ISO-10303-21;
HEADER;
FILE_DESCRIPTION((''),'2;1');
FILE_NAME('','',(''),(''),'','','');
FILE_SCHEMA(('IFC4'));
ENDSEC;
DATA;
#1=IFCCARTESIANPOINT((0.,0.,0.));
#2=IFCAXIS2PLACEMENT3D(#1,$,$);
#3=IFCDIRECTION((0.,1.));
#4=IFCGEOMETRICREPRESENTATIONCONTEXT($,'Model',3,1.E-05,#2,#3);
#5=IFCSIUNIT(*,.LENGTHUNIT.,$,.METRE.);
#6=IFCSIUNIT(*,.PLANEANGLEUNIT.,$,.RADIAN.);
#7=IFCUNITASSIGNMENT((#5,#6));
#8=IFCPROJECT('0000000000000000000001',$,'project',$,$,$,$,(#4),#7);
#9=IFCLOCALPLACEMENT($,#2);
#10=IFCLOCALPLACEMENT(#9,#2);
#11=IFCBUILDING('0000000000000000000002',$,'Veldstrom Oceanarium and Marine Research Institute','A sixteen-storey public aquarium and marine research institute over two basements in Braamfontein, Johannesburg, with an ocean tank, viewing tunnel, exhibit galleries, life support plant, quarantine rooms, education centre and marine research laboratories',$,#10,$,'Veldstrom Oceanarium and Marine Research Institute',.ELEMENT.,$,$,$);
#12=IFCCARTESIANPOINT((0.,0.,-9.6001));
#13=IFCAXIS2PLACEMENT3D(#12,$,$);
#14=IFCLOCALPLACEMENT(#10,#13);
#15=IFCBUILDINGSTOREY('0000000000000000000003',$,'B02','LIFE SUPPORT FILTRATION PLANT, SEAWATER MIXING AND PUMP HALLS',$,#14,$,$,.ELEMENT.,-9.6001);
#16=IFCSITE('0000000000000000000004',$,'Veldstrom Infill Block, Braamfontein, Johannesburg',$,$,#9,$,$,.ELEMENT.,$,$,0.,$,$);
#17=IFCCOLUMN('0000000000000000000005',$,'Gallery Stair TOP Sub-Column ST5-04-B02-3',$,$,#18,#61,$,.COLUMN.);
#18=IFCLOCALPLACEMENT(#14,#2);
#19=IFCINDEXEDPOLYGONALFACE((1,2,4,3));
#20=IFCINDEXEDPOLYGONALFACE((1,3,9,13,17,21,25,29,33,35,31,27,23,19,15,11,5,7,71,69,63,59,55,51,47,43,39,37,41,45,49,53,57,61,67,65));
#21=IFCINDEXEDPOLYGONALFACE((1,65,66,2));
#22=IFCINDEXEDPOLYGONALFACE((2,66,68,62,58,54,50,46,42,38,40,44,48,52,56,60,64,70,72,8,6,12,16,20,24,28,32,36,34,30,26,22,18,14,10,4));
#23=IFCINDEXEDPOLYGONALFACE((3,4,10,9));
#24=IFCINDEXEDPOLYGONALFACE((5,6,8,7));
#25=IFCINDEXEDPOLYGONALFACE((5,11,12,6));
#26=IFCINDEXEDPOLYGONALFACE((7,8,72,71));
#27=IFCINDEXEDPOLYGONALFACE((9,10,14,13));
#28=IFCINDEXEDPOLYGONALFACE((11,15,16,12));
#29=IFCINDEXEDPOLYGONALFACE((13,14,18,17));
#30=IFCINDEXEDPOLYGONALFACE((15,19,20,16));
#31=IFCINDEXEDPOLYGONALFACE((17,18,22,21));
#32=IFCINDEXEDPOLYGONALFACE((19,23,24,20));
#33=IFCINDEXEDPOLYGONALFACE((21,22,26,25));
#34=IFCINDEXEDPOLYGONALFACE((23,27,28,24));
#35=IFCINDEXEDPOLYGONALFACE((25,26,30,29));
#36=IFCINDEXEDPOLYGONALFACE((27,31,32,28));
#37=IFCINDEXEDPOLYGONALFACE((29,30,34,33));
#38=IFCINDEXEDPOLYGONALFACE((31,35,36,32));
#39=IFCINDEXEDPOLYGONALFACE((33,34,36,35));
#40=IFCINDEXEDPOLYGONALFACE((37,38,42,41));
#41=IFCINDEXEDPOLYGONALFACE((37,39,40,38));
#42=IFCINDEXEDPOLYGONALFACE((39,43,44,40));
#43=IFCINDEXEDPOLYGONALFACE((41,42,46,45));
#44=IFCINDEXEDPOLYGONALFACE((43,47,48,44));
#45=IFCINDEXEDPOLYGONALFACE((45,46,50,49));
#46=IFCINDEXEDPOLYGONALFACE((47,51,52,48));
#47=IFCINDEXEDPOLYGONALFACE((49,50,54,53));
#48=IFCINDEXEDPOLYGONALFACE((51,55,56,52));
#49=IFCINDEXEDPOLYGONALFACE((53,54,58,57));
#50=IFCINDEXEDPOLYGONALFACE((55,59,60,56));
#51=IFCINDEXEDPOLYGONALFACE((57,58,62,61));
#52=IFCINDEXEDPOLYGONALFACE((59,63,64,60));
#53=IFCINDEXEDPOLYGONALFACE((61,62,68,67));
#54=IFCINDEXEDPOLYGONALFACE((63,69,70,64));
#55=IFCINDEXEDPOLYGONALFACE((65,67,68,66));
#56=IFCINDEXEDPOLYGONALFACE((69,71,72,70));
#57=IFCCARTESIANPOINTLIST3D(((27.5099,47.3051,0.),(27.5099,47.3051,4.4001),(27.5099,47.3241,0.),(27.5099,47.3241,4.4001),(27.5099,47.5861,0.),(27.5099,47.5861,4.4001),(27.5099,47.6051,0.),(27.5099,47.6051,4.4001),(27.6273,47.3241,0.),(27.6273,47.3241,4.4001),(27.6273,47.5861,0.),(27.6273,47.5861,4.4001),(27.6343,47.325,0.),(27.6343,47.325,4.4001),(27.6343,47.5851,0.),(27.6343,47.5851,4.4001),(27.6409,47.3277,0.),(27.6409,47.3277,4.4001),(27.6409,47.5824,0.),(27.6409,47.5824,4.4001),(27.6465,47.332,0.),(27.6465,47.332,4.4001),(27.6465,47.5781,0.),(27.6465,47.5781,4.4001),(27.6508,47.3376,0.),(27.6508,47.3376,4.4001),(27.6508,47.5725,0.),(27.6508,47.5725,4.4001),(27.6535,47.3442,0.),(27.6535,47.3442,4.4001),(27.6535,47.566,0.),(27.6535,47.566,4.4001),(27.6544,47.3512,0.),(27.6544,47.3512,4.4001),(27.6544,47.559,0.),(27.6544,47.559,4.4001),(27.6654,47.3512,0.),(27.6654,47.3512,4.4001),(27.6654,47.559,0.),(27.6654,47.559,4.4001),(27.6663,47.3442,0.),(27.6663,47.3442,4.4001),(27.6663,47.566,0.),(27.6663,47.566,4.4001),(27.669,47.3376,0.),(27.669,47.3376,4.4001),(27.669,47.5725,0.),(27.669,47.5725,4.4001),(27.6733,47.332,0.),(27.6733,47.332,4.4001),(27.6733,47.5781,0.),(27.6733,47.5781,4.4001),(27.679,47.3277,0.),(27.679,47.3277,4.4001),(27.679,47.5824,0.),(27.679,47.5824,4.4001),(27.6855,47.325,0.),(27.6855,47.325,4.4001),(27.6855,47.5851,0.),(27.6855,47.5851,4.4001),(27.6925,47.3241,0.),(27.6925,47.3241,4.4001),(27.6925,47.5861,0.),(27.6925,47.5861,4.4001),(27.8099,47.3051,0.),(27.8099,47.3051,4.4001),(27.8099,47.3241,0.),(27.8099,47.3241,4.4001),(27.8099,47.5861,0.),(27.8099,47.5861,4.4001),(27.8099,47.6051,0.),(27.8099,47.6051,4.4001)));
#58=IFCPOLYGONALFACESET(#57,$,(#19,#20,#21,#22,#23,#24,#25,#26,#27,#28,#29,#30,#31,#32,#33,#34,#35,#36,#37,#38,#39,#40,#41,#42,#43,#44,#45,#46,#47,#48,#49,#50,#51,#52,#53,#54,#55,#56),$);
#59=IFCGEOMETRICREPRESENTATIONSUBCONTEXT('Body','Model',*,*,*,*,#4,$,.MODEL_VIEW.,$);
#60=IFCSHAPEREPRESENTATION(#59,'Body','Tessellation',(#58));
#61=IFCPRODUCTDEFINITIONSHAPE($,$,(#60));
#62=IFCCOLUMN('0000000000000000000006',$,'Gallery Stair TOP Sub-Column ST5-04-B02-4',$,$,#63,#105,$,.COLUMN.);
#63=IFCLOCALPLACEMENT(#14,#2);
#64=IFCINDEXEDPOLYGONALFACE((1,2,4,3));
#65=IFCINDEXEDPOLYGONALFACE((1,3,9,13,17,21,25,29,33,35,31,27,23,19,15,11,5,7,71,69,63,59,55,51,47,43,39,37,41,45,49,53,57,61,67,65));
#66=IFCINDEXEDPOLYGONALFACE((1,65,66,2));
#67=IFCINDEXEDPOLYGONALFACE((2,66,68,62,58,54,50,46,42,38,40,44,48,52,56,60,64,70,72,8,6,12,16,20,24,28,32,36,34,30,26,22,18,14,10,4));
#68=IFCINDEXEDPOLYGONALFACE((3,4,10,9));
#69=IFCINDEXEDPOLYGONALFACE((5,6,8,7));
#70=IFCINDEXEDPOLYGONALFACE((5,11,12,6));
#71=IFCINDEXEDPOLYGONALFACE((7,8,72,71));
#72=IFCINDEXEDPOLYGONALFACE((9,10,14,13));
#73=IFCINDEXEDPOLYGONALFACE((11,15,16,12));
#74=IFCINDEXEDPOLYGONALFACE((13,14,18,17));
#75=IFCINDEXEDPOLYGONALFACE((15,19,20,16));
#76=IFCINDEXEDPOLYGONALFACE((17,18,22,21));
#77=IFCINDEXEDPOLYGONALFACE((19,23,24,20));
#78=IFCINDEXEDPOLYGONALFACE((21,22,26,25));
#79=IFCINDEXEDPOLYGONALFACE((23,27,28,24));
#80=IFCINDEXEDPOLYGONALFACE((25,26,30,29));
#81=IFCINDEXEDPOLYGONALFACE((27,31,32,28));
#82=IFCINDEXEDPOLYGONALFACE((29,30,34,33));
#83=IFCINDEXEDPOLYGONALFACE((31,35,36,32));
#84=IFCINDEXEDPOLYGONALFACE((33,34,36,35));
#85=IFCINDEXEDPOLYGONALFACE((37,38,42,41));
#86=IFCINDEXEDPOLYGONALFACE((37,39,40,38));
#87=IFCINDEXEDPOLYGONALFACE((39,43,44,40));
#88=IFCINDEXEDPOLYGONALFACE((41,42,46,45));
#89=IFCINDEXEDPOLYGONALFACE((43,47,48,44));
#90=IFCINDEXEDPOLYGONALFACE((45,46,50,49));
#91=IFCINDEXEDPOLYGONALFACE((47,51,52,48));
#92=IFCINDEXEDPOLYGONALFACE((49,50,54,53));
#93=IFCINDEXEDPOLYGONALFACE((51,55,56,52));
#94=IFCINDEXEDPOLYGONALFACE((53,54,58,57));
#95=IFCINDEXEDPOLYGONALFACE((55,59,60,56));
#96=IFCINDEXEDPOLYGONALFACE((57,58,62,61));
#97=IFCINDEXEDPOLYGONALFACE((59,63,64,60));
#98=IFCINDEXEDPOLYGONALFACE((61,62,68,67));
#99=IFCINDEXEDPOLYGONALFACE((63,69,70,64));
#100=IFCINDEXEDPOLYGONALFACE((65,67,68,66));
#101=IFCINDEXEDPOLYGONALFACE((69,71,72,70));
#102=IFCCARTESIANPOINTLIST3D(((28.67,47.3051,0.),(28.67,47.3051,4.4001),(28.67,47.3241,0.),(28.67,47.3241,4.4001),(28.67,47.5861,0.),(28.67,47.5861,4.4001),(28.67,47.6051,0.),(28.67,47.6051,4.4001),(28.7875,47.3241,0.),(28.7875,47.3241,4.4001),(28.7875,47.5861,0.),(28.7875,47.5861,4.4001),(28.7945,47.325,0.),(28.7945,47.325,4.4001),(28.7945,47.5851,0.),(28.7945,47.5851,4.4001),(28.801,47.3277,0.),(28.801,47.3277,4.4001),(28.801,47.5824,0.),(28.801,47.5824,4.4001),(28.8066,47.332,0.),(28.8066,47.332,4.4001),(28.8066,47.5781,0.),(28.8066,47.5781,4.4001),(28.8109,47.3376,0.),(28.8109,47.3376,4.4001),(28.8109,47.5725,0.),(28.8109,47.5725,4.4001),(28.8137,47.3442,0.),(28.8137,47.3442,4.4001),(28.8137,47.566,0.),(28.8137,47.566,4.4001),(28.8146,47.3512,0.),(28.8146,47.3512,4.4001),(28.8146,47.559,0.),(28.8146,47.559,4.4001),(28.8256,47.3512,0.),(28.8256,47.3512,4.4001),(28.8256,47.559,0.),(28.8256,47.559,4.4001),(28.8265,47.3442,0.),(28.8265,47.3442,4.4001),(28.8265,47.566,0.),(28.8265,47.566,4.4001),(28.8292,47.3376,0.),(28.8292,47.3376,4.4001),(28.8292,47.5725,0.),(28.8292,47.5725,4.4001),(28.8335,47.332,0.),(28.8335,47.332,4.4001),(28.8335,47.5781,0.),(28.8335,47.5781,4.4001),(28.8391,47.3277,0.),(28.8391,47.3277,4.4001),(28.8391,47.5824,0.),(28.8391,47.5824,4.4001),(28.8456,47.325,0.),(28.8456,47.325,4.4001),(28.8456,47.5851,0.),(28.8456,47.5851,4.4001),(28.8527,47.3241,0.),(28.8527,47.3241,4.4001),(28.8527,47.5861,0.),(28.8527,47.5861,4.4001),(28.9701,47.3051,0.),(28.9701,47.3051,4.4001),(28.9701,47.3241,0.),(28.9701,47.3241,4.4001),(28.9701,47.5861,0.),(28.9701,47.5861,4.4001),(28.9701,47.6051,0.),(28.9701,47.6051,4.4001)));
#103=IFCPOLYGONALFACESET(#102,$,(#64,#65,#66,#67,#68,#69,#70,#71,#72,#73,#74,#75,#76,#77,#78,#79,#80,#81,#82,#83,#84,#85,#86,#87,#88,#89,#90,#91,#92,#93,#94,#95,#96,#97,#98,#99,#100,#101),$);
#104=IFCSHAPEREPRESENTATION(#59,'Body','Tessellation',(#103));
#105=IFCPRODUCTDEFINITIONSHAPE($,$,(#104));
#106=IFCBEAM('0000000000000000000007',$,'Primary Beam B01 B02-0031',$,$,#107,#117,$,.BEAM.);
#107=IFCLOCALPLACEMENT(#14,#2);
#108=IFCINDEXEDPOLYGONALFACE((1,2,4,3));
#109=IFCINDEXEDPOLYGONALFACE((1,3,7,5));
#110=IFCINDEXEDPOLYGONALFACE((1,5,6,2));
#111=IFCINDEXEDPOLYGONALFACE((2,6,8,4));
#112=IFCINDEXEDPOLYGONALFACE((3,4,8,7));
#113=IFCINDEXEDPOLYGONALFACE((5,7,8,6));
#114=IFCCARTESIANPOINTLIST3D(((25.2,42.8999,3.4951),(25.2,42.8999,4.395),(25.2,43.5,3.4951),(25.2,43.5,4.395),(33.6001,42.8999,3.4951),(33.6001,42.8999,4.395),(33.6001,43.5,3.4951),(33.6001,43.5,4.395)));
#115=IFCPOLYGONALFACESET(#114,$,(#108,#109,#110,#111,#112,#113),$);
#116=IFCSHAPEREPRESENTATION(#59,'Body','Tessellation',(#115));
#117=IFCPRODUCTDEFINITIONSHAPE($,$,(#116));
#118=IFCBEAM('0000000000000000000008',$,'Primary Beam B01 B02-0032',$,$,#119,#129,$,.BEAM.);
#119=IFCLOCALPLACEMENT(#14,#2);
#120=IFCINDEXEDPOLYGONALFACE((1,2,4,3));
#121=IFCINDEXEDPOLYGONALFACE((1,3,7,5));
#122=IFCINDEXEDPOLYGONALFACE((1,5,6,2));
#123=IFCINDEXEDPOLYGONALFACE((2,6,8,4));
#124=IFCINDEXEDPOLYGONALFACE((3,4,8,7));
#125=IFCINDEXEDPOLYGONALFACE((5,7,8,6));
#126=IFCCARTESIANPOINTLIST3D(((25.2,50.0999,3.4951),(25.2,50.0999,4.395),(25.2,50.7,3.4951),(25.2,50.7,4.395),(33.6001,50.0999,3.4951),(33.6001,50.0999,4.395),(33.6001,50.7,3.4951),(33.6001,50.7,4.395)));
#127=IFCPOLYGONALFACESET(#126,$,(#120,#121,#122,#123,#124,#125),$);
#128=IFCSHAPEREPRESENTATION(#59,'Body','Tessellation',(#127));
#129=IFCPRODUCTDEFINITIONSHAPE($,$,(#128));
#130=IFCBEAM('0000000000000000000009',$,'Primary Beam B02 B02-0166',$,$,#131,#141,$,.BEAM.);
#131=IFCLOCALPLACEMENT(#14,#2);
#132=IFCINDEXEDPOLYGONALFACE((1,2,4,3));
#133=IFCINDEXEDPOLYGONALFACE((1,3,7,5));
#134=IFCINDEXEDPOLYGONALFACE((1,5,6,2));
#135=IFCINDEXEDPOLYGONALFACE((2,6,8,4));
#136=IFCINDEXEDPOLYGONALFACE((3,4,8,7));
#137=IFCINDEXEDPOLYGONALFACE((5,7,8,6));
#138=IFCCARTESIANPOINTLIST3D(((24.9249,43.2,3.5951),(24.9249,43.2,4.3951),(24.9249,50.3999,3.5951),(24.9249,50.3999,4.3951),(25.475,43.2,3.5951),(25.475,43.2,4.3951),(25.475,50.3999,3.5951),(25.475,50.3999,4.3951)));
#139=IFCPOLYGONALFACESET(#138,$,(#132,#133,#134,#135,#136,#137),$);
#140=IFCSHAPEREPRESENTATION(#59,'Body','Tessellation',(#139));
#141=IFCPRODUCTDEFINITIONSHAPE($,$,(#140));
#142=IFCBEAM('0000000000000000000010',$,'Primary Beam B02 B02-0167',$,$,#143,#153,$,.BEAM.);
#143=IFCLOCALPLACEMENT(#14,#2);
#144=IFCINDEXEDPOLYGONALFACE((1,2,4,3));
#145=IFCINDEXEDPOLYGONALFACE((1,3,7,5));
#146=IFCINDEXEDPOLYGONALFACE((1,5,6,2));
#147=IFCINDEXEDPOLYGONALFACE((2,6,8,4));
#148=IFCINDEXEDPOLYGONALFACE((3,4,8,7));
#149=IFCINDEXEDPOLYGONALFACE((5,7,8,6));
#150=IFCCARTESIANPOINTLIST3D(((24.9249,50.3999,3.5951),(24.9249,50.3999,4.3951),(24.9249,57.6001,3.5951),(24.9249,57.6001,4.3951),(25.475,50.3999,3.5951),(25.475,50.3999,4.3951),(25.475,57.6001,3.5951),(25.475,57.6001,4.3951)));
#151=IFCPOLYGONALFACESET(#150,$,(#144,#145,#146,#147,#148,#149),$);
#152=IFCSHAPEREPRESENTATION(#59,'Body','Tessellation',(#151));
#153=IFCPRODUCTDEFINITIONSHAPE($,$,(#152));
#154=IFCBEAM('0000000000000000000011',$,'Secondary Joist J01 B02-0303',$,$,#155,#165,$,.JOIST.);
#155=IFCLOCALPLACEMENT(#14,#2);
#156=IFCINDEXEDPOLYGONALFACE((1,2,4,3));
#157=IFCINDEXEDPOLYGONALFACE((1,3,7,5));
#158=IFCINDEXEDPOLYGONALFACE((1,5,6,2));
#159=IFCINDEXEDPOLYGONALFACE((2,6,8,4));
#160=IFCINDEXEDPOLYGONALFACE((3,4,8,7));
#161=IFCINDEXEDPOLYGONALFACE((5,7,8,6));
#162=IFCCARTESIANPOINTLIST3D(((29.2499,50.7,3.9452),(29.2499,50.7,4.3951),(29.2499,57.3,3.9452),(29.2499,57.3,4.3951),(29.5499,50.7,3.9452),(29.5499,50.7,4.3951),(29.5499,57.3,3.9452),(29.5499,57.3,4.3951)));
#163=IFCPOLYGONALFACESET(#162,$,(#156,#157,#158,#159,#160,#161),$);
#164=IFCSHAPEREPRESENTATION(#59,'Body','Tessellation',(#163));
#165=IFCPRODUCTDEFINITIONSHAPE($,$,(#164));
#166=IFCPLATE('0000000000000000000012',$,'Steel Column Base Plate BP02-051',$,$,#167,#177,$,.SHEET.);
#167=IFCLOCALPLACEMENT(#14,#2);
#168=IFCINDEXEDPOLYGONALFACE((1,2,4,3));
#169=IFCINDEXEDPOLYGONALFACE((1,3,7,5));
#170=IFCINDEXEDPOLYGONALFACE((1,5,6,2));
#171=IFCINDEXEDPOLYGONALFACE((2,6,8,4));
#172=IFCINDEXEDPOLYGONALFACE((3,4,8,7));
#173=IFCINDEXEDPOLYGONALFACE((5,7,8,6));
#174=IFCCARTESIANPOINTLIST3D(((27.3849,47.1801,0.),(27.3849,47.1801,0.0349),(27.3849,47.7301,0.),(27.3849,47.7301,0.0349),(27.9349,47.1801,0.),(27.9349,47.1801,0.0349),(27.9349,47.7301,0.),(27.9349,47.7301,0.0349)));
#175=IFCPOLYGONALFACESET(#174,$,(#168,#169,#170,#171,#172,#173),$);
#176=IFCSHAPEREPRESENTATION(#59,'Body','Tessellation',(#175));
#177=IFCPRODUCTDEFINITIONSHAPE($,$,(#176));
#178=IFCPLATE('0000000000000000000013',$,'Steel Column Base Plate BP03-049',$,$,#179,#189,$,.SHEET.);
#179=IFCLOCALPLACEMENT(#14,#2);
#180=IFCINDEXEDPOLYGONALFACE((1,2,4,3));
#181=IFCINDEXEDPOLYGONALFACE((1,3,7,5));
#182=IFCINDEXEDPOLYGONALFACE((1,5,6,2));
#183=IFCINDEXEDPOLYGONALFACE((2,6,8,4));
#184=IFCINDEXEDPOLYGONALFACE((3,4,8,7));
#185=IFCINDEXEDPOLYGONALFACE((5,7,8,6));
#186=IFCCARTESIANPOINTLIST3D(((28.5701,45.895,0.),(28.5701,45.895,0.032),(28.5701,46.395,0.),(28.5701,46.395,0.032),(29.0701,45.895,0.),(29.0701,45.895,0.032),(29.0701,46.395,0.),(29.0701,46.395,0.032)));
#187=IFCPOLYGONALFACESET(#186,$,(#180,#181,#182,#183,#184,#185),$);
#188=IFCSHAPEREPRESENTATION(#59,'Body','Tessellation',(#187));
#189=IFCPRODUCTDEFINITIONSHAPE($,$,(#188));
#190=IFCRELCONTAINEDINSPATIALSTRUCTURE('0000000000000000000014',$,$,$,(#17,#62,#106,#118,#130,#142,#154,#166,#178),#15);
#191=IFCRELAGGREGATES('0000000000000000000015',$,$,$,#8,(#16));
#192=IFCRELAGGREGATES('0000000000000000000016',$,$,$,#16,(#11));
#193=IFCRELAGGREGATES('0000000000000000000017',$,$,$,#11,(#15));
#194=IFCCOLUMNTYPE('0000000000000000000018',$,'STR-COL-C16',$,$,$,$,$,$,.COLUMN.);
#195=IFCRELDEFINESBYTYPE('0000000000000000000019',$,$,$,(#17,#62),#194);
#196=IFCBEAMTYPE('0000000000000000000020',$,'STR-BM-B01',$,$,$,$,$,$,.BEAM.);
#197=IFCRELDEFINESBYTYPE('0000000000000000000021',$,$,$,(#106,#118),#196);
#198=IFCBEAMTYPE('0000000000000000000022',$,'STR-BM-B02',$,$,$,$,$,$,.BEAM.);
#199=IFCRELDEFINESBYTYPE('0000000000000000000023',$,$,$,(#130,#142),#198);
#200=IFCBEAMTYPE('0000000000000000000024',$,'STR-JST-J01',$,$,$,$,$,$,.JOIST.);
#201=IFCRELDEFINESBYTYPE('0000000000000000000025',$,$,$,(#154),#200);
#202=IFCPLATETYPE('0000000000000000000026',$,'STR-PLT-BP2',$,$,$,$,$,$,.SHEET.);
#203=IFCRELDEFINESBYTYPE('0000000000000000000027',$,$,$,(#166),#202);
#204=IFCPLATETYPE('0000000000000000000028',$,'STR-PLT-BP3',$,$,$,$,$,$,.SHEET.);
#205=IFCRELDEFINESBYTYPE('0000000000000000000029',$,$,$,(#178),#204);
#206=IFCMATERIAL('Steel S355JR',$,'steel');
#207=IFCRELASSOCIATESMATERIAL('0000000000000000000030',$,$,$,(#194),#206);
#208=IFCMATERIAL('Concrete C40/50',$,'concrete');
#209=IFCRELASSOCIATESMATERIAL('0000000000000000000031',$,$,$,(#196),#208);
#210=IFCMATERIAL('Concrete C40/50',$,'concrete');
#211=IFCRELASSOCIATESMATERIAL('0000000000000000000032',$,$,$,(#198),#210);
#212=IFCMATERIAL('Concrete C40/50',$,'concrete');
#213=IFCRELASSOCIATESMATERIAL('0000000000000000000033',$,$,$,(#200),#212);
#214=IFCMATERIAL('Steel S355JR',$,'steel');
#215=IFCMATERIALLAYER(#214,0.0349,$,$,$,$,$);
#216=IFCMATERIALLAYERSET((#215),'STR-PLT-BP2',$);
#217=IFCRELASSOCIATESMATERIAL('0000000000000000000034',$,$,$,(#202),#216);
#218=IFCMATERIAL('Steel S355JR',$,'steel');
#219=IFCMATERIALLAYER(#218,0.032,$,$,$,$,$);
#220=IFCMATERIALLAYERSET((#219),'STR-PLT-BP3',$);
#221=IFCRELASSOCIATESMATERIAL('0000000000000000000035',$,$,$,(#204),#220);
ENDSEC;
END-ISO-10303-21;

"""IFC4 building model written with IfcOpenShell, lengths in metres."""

from ifc_helpers import new_model, si_unit, direction, frame, origin, origin_2d, place, context, subcontext, project, spatial, rectangle, i_section, extrude, material, layer, layer_set, material_profile, profile_set, type_object, element, save


model = new_model("IFC4")

# Units and contexts
model_context = context("Model", 3, precision=1e-05, world=origin(), true_north=direction((0.0, 1.0)))
body_context = subcontext(model_context, "Body", "Model", "MODEL_VIEW")
ifc_project = project(units=[si_unit("LENGTHUNIT", "METRE"), si_unit("PLANEANGLEUNIT", "RADIAN")], contexts=[model_context])

# Site, building, storey
site_placement = place(None, origin())
site = spatial("IfcSite", under=ifc_project, at=site_placement, Name="Veldstrom Infill Block, Braamfontein, Johannesburg", CompositionType="ELEMENT", RefElevation=0.0)
building_placement = place(site_placement, origin())
building = spatial("IfcBuilding", under=site, at=building_placement, Name="Veldstrom Oceanarium and Marine Research Institute", Description="A sixteen-storey public aquarium and marine research institute over two basements in Braamfontein, Johannesburg, with an ocean tank, viewing tunnel, exhibit galleries, life support plant, quarantine rooms, education centre and marine research laboratories", LongName="Veldstrom Oceanarium and Marine Research Institute", CompositionType="ELEMENT")
storey_placement = place(building_placement, frame((0.0, 0.0, -9.6001)))
storey = spatial("IfcBuildingStorey", under=building, at=storey_placement, Name="B02", Description="LIFE SUPPORT FILTRATION PLANT, SEAWATER MIXING AND PUMP HALLS", CompositionType="ELEMENT", Elevation=-9.6001)

# Columns
ifc_material_1 = material(Name="Steel S355JR", Category="steel")
ifc_material_profile_1 = material_profile(ifc_material_1, i_section(OverallWidth=0.3, OverallDepth=0.3, WebThickness=0.011, FlangeThickness=0.019, FilletRadius=0.0271, at=origin_2d()), Name="HEB 300")
ifc_profile_set_1 = profile_set([ifc_material_profile_1], Name="Steel S355JR")
column_type_1 = type_object("IfcColumnType", Name="STR-COL-C16", PredefinedType="COLUMN", material=ifc_profile_set_1)
for number, where, z_axis, x_axis, name in (
    (1, (27.6599, 47.4551, 0.0), (0.0, 0.0, 1.0), (1.0, 0.0, 0.0), "Gallery Stair TOP Sub-Column ST5-04-B02-3"),
    (2, (28.8201, 47.4551, 0.0), (0.0, 0.0, 1.0), (1.0, 0.0, 0.0), "Gallery Stair TOP Sub-Column ST5-04-B02-4"),
):
    element("IfcColumn", number, at=place(storey_placement, frame(where, z_axis=z_axis, x_axis=x_axis)), inside=storey, type_object=column_type_1, Name=name, PredefinedType="COLUMN", context=body_context, shape_type="SweptSolid", body=[
        extrude(i_section(OverallWidth=0.3, OverallDepth=0.3, WebThickness=0.011, FlangeThickness=0.019, FilletRadius=0.0271, at=origin_2d()), origin(), (0.0, 0.0, 1.0), 4.4001),
    ])

# Beams
ifc_material_2 = material(Name="Concrete C40/50", Category="concrete")
ifc_material_profile_2 = material_profile(ifc_material_2, rectangle(XDim=0.6001, YDim=0.8999, at=origin_2d()), Name="RC-BM-600x900")
ifc_profile_set_2 = profile_set([ifc_material_profile_2], Name="Concrete C40/50")
beam_type_1 = type_object("IfcBeamType", Name="STR-BM-B01", PredefinedType="BEAM", material=ifc_profile_set_2)
for number, where, z_axis, x_axis, name in (
    (3, (25.2, 43.2, 3.9451), (1.0, 0.0, 0.0), (0.0, 1.0, 0.0), "Primary Beam B01 B02-0031"),
    (4, (25.2, 50.3999, 3.9451), (1.0, 0.0, 0.0), (0.0, 1.0, 0.0), "Primary Beam B01 B02-0032"),
):
    element("IfcBeam", number, at=place(storey_placement, frame(where, z_axis=z_axis, x_axis=x_axis)), inside=storey, type_object=beam_type_1, Name=name, PredefinedType="BEAM", context=body_context, shape_type="SweptSolid", body=[
        extrude(rectangle(XDim=0.6001, YDim=0.8999, at=origin_2d()), origin(), (0.0, 0.0, 1.0), 8.4001),
    ])
ifc_material_3 = material(Name="Concrete C40/50", Category="concrete")
ifc_material_profile_3 = material_profile(ifc_material_3, rectangle(XDim=0.55, YDim=0.8, at=origin_2d()), Name="RC-BM-550x800")
ifc_profile_set_3 = profile_set([ifc_material_profile_3], Name="Concrete C40/50")
beam_type_2 = type_object("IfcBeamType", Name="STR-BM-B02", PredefinedType="BEAM", material=ifc_profile_set_3)
beam_1_placement = place(storey_placement, frame((25.2, 43.2, 3.9951), z_axis=(0.0, 1.0, 0.0), x_axis=(-1.0, 0.0, 0.0)))
element("IfcBeam", 5, at=beam_1_placement, inside=storey, type_object=beam_type_2, Name="Primary Beam B02 B02-0166", PredefinedType="BEAM", context=body_context, shape_type="SweptSolid", body=[
    extrude(rectangle(XDim=0.55, YDim=0.8, at=origin_2d()), origin(), (0.0, 0.0, 1.0), 7.2),
])
beam_2_placement = place(storey_placement, frame((25.2, 50.3999, 3.9951), z_axis=(0.0, 1.0, 0.0), x_axis=(-1.0, 0.0, 0.0)))
element("IfcBeam", 6, at=beam_2_placement, inside=storey, type_object=beam_type_2, Name="Primary Beam B02 B02-0167", PredefinedType="BEAM", context=body_context, shape_type="SweptSolid", body=[
    extrude(rectangle(XDim=0.55, YDim=0.8, at=origin_2d()), origin(), (0.0, 0.0, 1.0), 7.2002),
])
ifc_material_4 = material(Name="Concrete C40/50", Category="concrete")
ifc_material_profile_4 = material_profile(ifc_material_4, rectangle(XDim=0.3, YDim=0.45, at=origin_2d()), Name="RC-JST-300x450")
ifc_profile_set_4 = profile_set([ifc_material_profile_4], Name="Concrete C40/50")
beam_type_3 = type_object("IfcBeamType", Name="STR-JST-J01", PredefinedType="JOIST", material=ifc_profile_set_4)
beam_3_placement = place(storey_placement, frame((29.3999, 50.7, 4.1702), z_axis=(0.0, 1.0, 0.0), x_axis=(-1.0, 0.0, 0.0)))
element("IfcBeam", 7, at=beam_3_placement, inside=storey, type_object=beam_type_3, Name="Secondary Joist J01 B02-0303", PredefinedType="JOIST", context=body_context, shape_type="SweptSolid", body=[
    extrude(rectangle(XDim=0.3, YDim=0.45, at=origin_2d()), origin(), (0.0, 0.0, 1.0), 6.6001),
])

# Plates
ifc_material_5 = material(Name="Steel S355JR", Category="steel")
ifc_layer_1 = layer(ifc_material_5, 0.0349)
ifc_layer_set_1 = layer_set([ifc_layer_1], Name="STR-PLT-BP2")
plate_type_1 = type_object("IfcPlateType", Name="STR-PLT-BP2", PredefinedType="SHEET", material=ifc_layer_set_1)
plate_1_placement = place(storey_placement, frame((27.6599, 47.4551, 0.0), z_axis=(0.0, 0.0, 1.0), x_axis=(1.0, 0.0, 0.0)))
element("IfcPlate", 8, at=plate_1_placement, inside=storey, type_object=plate_type_1, Name="Steel Column Base Plate BP02-051", PredefinedType="SHEET", context=body_context, shape_type="SweptSolid", body=[
    extrude(rectangle(XDim=0.55, YDim=0.55, at=origin_2d()), origin(), (0.0, 0.0, 1.0), 0.0349),
])
ifc_material_6 = material(Name="Steel S355JR", Category="steel")
ifc_layer_2 = layer(ifc_material_6, 0.032)
ifc_layer_set_2 = layer_set([ifc_layer_2], Name="STR-PLT-BP3")
plate_type_2 = type_object("IfcPlateType", Name="STR-PLT-BP3", PredefinedType="SHEET", material=ifc_layer_set_2)
plate_2_placement = place(storey_placement, frame((28.8201, 46.145, 0.0), z_axis=(0.0, 0.0, 1.0), x_axis=(1.0, 0.0, 0.0)))
element("IfcPlate", 9, at=plate_2_placement, inside=storey, type_object=plate_type_2, Name="Steel Column Base Plate BP03-049", PredefinedType="SHEET", context=body_context, shape_type="SweptSolid", body=[
    extrude(rectangle(XDim=0.5, YDim=0.5, at=origin_2d()), origin(), (0.0, 0.0, 1.0), 0.032),
])

save(model, "model.ifc")
